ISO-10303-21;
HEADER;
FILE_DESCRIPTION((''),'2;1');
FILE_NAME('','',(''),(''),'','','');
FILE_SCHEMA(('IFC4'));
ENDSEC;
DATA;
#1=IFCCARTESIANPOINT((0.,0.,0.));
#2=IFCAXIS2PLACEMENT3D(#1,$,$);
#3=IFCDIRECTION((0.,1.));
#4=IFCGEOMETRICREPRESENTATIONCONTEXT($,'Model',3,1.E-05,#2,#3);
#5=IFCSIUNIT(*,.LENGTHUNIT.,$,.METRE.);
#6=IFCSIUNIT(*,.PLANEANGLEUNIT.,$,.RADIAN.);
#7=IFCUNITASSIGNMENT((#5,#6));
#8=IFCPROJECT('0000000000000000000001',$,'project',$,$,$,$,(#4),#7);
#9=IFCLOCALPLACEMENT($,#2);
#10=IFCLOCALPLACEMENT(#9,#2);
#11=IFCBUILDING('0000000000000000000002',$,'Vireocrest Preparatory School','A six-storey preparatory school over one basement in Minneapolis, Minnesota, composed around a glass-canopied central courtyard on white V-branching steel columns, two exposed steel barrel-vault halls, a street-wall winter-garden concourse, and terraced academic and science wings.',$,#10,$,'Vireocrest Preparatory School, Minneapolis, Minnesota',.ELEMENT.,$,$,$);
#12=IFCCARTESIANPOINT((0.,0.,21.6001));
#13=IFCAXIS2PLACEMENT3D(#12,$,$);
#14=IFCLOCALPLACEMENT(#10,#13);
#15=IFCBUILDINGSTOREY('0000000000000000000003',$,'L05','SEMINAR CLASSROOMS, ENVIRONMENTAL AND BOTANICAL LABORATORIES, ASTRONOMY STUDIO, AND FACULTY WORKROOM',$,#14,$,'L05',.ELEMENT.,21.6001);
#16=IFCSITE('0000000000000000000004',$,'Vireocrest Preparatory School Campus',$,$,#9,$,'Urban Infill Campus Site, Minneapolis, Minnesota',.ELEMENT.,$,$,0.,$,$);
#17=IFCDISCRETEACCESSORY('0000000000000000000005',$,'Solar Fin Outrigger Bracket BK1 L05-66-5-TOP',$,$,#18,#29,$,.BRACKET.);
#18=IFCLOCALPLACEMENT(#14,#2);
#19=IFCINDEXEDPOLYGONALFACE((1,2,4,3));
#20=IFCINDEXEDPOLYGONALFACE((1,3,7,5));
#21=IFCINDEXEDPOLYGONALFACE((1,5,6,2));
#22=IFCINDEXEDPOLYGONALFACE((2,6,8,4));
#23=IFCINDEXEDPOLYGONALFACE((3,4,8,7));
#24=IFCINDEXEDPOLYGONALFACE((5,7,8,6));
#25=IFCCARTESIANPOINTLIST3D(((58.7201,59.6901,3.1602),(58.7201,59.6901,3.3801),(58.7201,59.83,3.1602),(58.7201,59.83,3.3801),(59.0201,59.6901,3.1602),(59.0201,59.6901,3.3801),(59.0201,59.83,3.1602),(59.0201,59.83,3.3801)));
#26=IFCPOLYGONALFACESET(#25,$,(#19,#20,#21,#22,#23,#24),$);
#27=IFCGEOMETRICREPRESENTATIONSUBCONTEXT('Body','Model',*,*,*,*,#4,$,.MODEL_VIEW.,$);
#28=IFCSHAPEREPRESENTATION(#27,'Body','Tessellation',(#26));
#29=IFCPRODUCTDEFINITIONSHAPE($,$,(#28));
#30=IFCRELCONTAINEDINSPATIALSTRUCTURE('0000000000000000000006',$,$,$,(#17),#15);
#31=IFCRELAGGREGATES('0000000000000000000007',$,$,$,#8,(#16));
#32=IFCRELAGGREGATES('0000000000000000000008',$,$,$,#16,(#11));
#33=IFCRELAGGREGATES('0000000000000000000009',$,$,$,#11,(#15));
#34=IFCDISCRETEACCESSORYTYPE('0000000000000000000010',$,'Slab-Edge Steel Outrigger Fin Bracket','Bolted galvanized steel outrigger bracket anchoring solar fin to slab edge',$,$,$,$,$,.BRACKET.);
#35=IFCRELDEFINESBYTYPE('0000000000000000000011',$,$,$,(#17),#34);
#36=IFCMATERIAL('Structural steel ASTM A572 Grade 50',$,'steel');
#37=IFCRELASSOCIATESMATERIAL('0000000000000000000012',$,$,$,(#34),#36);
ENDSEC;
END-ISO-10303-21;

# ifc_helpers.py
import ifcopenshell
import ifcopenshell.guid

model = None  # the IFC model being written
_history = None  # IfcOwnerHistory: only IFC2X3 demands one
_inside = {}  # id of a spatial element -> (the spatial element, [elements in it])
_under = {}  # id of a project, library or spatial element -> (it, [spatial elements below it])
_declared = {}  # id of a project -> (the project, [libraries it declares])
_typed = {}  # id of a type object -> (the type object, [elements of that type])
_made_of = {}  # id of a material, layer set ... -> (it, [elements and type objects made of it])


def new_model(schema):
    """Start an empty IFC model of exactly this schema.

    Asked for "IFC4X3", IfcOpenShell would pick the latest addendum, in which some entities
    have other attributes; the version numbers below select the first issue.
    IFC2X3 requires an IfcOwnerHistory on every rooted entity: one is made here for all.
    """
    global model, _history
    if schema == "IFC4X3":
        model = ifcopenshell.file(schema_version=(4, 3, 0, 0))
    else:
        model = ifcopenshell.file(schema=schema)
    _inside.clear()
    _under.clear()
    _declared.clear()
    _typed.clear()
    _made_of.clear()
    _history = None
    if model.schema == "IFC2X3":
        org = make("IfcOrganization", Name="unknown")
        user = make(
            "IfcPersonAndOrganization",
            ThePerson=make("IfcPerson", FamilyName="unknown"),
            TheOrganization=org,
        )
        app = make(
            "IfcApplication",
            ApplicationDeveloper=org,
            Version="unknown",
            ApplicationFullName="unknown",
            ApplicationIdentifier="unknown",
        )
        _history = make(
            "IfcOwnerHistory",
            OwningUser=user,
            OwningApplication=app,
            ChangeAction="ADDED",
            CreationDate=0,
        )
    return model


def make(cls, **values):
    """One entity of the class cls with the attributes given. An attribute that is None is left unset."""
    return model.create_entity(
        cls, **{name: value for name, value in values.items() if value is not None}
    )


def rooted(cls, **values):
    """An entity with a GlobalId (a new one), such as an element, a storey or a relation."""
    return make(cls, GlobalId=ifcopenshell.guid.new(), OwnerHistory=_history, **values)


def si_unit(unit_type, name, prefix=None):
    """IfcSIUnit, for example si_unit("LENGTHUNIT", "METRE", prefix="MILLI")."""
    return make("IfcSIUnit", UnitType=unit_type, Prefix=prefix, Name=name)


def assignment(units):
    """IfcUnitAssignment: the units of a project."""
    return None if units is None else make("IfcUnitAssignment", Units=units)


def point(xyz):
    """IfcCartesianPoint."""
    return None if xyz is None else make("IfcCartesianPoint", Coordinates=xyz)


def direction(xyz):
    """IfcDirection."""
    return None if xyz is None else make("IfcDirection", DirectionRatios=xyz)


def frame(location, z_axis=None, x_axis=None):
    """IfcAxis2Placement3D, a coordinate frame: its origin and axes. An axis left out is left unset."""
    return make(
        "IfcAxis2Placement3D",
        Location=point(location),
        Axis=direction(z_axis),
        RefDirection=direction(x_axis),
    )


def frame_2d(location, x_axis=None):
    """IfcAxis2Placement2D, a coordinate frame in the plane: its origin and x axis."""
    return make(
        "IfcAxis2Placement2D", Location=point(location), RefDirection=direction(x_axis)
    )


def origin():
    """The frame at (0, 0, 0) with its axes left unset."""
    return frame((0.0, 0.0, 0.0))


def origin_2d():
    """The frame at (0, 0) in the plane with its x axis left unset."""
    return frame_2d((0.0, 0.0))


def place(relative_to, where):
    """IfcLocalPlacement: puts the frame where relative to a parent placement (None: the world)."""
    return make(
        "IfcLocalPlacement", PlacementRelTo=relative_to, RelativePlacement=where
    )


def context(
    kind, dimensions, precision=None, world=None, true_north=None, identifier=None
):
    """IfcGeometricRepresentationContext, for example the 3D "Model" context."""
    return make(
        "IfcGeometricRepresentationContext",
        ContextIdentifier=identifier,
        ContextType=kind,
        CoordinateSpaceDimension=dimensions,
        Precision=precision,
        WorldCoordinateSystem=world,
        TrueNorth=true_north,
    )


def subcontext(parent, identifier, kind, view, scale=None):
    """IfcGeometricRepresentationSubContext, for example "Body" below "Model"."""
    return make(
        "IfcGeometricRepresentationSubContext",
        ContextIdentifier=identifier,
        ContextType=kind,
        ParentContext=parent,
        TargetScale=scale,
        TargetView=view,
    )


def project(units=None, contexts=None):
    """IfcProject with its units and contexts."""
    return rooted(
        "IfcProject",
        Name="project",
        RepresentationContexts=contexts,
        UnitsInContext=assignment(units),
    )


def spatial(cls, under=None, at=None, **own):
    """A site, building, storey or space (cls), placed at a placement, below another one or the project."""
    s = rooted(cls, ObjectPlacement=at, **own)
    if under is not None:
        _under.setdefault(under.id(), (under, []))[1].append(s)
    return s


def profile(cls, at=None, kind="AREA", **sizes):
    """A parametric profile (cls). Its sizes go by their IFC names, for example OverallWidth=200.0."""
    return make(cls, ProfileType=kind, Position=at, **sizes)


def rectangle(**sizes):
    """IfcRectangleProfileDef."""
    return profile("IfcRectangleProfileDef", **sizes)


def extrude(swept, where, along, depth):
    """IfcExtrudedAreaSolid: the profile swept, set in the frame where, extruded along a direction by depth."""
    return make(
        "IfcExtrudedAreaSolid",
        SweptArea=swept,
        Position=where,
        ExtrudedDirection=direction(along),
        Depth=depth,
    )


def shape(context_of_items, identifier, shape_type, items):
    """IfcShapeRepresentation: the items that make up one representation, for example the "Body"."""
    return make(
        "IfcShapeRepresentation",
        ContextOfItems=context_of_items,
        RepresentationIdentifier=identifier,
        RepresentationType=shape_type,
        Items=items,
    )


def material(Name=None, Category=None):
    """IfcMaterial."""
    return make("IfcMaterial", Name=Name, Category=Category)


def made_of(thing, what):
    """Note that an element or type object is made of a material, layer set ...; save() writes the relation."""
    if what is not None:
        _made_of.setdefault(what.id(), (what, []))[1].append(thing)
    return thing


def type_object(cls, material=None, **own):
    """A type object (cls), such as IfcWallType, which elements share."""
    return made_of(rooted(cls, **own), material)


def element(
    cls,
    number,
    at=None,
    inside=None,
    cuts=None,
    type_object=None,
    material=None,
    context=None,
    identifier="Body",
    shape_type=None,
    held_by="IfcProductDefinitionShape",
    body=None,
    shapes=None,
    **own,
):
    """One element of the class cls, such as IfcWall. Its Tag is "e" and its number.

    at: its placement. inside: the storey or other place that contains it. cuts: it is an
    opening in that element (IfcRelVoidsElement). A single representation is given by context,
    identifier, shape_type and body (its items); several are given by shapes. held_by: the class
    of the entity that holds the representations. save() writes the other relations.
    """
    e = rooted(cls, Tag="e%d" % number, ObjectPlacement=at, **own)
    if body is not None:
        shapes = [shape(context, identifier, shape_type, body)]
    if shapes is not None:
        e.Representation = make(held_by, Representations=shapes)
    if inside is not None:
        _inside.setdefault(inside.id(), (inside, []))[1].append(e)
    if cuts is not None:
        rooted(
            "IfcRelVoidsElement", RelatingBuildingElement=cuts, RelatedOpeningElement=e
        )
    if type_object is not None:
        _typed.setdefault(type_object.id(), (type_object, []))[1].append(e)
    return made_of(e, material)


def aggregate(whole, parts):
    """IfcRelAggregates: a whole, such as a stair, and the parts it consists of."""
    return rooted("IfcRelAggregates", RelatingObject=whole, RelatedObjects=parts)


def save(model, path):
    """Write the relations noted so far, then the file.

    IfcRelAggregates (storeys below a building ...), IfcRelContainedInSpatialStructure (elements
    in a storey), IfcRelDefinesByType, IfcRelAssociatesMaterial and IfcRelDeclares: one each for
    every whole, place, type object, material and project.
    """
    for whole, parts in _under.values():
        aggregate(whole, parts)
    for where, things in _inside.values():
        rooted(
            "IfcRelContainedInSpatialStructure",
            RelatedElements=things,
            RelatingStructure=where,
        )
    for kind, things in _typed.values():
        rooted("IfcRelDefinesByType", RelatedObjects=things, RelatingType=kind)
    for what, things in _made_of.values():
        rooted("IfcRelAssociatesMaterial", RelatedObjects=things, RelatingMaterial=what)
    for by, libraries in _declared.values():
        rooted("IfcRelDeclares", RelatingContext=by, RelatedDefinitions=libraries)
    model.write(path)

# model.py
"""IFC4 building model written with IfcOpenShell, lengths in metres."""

from ifc_helpers import new_model, si_unit, direction, frame, origin, origin_2d, place, context, subcontext, project, spatial, rectangle, extrude, material, type_object, element, save


model = new_model("IFC4")

# Units and contexts
model_context = context("Model", 3, precision=1e-05, world=origin(), true_north=direction((0.0, 1.0)))
body_context = subcontext(model_context, "Body", "Model", "MODEL_VIEW")
ifc_project = project(units=[si_unit("LENGTHUNIT", "METRE"), si_unit("PLANEANGLEUNIT", "RADIAN")], contexts=[model_context])

# Site, building, storey
site_placement = place(None, origin())
site = spatial("IfcSite", under=ifc_project, at=site_placement, Name="Vireocrest Preparatory School Campus", LongName="Urban Infill Campus Site, Minneapolis, Minnesota", CompositionType="ELEMENT", RefElevation=0.0)
building_placement = place(site_placement, origin())
building = spatial("IfcBuilding", under=site, at=building_placement, Name="Vireocrest Preparatory School", Description="A six-storey preparatory school over one basement in Minneapolis, Minnesota, composed around a glass-canopied central courtyard on white V-branching steel columns, two exposed steel barrel-vault halls, a street-wall winter-garden concourse, and terraced academic and science wings.", LongName="Vireocrest Preparatory School, Minneapolis, Minnesota", CompositionType="ELEMENT")
storey_placement = place(building_placement, frame((0.0, 0.0, 21.6001)))
storey = spatial("IfcBuildingStorey", under=building, at=storey_placement, Name="L05", Description="SEMINAR CLASSROOMS, ENVIRONMENTAL AND BOTANICAL LABORATORIES, ASTRONOMY STUDIO, AND FACULTY WORKROOM", LongName="L05", CompositionType="ELEMENT", Elevation=21.6001)

# Shared definitions
ifc_material_1 = material(Name="Structural steel ASTM A572 Grade 50", Category="steel")

# Discrete accessory
discrete_accessory_type = type_object("IfcDiscreteAccessoryType", Name="Slab-Edge Steel Outrigger Fin Bracket", Description="Bolted galvanized steel outrigger bracket anchoring solar fin to slab edge", PredefinedType="BRACKET", material=ifc_material_1)
for number, where, z_axis, x_axis, name in (
    (1, (58.8701, 59.76, 3.1602), (0.0, 0.0, 1.0), (0.0, -1.0, 0.0), "Solar Fin Outrigger Bracket BK1 L05-66-5-TOP"),
):
    element("IfcDiscreteAccessory", number, at=place(storey_placement, frame(where, z_axis=z_axis, x_axis=x_axis)), inside=storey, type_object=discrete_accessory_type, Name=name, PredefinedType="BRACKET", context=body_context, shape_type="SweptSolid", body=[
        extrude(rectangle(XDim=0.1399, YDim=0.3, at=origin_2d()), origin(), (0.0, 0.0, 1.0), 0.22),
    ])

save(model, "model.ifc")
